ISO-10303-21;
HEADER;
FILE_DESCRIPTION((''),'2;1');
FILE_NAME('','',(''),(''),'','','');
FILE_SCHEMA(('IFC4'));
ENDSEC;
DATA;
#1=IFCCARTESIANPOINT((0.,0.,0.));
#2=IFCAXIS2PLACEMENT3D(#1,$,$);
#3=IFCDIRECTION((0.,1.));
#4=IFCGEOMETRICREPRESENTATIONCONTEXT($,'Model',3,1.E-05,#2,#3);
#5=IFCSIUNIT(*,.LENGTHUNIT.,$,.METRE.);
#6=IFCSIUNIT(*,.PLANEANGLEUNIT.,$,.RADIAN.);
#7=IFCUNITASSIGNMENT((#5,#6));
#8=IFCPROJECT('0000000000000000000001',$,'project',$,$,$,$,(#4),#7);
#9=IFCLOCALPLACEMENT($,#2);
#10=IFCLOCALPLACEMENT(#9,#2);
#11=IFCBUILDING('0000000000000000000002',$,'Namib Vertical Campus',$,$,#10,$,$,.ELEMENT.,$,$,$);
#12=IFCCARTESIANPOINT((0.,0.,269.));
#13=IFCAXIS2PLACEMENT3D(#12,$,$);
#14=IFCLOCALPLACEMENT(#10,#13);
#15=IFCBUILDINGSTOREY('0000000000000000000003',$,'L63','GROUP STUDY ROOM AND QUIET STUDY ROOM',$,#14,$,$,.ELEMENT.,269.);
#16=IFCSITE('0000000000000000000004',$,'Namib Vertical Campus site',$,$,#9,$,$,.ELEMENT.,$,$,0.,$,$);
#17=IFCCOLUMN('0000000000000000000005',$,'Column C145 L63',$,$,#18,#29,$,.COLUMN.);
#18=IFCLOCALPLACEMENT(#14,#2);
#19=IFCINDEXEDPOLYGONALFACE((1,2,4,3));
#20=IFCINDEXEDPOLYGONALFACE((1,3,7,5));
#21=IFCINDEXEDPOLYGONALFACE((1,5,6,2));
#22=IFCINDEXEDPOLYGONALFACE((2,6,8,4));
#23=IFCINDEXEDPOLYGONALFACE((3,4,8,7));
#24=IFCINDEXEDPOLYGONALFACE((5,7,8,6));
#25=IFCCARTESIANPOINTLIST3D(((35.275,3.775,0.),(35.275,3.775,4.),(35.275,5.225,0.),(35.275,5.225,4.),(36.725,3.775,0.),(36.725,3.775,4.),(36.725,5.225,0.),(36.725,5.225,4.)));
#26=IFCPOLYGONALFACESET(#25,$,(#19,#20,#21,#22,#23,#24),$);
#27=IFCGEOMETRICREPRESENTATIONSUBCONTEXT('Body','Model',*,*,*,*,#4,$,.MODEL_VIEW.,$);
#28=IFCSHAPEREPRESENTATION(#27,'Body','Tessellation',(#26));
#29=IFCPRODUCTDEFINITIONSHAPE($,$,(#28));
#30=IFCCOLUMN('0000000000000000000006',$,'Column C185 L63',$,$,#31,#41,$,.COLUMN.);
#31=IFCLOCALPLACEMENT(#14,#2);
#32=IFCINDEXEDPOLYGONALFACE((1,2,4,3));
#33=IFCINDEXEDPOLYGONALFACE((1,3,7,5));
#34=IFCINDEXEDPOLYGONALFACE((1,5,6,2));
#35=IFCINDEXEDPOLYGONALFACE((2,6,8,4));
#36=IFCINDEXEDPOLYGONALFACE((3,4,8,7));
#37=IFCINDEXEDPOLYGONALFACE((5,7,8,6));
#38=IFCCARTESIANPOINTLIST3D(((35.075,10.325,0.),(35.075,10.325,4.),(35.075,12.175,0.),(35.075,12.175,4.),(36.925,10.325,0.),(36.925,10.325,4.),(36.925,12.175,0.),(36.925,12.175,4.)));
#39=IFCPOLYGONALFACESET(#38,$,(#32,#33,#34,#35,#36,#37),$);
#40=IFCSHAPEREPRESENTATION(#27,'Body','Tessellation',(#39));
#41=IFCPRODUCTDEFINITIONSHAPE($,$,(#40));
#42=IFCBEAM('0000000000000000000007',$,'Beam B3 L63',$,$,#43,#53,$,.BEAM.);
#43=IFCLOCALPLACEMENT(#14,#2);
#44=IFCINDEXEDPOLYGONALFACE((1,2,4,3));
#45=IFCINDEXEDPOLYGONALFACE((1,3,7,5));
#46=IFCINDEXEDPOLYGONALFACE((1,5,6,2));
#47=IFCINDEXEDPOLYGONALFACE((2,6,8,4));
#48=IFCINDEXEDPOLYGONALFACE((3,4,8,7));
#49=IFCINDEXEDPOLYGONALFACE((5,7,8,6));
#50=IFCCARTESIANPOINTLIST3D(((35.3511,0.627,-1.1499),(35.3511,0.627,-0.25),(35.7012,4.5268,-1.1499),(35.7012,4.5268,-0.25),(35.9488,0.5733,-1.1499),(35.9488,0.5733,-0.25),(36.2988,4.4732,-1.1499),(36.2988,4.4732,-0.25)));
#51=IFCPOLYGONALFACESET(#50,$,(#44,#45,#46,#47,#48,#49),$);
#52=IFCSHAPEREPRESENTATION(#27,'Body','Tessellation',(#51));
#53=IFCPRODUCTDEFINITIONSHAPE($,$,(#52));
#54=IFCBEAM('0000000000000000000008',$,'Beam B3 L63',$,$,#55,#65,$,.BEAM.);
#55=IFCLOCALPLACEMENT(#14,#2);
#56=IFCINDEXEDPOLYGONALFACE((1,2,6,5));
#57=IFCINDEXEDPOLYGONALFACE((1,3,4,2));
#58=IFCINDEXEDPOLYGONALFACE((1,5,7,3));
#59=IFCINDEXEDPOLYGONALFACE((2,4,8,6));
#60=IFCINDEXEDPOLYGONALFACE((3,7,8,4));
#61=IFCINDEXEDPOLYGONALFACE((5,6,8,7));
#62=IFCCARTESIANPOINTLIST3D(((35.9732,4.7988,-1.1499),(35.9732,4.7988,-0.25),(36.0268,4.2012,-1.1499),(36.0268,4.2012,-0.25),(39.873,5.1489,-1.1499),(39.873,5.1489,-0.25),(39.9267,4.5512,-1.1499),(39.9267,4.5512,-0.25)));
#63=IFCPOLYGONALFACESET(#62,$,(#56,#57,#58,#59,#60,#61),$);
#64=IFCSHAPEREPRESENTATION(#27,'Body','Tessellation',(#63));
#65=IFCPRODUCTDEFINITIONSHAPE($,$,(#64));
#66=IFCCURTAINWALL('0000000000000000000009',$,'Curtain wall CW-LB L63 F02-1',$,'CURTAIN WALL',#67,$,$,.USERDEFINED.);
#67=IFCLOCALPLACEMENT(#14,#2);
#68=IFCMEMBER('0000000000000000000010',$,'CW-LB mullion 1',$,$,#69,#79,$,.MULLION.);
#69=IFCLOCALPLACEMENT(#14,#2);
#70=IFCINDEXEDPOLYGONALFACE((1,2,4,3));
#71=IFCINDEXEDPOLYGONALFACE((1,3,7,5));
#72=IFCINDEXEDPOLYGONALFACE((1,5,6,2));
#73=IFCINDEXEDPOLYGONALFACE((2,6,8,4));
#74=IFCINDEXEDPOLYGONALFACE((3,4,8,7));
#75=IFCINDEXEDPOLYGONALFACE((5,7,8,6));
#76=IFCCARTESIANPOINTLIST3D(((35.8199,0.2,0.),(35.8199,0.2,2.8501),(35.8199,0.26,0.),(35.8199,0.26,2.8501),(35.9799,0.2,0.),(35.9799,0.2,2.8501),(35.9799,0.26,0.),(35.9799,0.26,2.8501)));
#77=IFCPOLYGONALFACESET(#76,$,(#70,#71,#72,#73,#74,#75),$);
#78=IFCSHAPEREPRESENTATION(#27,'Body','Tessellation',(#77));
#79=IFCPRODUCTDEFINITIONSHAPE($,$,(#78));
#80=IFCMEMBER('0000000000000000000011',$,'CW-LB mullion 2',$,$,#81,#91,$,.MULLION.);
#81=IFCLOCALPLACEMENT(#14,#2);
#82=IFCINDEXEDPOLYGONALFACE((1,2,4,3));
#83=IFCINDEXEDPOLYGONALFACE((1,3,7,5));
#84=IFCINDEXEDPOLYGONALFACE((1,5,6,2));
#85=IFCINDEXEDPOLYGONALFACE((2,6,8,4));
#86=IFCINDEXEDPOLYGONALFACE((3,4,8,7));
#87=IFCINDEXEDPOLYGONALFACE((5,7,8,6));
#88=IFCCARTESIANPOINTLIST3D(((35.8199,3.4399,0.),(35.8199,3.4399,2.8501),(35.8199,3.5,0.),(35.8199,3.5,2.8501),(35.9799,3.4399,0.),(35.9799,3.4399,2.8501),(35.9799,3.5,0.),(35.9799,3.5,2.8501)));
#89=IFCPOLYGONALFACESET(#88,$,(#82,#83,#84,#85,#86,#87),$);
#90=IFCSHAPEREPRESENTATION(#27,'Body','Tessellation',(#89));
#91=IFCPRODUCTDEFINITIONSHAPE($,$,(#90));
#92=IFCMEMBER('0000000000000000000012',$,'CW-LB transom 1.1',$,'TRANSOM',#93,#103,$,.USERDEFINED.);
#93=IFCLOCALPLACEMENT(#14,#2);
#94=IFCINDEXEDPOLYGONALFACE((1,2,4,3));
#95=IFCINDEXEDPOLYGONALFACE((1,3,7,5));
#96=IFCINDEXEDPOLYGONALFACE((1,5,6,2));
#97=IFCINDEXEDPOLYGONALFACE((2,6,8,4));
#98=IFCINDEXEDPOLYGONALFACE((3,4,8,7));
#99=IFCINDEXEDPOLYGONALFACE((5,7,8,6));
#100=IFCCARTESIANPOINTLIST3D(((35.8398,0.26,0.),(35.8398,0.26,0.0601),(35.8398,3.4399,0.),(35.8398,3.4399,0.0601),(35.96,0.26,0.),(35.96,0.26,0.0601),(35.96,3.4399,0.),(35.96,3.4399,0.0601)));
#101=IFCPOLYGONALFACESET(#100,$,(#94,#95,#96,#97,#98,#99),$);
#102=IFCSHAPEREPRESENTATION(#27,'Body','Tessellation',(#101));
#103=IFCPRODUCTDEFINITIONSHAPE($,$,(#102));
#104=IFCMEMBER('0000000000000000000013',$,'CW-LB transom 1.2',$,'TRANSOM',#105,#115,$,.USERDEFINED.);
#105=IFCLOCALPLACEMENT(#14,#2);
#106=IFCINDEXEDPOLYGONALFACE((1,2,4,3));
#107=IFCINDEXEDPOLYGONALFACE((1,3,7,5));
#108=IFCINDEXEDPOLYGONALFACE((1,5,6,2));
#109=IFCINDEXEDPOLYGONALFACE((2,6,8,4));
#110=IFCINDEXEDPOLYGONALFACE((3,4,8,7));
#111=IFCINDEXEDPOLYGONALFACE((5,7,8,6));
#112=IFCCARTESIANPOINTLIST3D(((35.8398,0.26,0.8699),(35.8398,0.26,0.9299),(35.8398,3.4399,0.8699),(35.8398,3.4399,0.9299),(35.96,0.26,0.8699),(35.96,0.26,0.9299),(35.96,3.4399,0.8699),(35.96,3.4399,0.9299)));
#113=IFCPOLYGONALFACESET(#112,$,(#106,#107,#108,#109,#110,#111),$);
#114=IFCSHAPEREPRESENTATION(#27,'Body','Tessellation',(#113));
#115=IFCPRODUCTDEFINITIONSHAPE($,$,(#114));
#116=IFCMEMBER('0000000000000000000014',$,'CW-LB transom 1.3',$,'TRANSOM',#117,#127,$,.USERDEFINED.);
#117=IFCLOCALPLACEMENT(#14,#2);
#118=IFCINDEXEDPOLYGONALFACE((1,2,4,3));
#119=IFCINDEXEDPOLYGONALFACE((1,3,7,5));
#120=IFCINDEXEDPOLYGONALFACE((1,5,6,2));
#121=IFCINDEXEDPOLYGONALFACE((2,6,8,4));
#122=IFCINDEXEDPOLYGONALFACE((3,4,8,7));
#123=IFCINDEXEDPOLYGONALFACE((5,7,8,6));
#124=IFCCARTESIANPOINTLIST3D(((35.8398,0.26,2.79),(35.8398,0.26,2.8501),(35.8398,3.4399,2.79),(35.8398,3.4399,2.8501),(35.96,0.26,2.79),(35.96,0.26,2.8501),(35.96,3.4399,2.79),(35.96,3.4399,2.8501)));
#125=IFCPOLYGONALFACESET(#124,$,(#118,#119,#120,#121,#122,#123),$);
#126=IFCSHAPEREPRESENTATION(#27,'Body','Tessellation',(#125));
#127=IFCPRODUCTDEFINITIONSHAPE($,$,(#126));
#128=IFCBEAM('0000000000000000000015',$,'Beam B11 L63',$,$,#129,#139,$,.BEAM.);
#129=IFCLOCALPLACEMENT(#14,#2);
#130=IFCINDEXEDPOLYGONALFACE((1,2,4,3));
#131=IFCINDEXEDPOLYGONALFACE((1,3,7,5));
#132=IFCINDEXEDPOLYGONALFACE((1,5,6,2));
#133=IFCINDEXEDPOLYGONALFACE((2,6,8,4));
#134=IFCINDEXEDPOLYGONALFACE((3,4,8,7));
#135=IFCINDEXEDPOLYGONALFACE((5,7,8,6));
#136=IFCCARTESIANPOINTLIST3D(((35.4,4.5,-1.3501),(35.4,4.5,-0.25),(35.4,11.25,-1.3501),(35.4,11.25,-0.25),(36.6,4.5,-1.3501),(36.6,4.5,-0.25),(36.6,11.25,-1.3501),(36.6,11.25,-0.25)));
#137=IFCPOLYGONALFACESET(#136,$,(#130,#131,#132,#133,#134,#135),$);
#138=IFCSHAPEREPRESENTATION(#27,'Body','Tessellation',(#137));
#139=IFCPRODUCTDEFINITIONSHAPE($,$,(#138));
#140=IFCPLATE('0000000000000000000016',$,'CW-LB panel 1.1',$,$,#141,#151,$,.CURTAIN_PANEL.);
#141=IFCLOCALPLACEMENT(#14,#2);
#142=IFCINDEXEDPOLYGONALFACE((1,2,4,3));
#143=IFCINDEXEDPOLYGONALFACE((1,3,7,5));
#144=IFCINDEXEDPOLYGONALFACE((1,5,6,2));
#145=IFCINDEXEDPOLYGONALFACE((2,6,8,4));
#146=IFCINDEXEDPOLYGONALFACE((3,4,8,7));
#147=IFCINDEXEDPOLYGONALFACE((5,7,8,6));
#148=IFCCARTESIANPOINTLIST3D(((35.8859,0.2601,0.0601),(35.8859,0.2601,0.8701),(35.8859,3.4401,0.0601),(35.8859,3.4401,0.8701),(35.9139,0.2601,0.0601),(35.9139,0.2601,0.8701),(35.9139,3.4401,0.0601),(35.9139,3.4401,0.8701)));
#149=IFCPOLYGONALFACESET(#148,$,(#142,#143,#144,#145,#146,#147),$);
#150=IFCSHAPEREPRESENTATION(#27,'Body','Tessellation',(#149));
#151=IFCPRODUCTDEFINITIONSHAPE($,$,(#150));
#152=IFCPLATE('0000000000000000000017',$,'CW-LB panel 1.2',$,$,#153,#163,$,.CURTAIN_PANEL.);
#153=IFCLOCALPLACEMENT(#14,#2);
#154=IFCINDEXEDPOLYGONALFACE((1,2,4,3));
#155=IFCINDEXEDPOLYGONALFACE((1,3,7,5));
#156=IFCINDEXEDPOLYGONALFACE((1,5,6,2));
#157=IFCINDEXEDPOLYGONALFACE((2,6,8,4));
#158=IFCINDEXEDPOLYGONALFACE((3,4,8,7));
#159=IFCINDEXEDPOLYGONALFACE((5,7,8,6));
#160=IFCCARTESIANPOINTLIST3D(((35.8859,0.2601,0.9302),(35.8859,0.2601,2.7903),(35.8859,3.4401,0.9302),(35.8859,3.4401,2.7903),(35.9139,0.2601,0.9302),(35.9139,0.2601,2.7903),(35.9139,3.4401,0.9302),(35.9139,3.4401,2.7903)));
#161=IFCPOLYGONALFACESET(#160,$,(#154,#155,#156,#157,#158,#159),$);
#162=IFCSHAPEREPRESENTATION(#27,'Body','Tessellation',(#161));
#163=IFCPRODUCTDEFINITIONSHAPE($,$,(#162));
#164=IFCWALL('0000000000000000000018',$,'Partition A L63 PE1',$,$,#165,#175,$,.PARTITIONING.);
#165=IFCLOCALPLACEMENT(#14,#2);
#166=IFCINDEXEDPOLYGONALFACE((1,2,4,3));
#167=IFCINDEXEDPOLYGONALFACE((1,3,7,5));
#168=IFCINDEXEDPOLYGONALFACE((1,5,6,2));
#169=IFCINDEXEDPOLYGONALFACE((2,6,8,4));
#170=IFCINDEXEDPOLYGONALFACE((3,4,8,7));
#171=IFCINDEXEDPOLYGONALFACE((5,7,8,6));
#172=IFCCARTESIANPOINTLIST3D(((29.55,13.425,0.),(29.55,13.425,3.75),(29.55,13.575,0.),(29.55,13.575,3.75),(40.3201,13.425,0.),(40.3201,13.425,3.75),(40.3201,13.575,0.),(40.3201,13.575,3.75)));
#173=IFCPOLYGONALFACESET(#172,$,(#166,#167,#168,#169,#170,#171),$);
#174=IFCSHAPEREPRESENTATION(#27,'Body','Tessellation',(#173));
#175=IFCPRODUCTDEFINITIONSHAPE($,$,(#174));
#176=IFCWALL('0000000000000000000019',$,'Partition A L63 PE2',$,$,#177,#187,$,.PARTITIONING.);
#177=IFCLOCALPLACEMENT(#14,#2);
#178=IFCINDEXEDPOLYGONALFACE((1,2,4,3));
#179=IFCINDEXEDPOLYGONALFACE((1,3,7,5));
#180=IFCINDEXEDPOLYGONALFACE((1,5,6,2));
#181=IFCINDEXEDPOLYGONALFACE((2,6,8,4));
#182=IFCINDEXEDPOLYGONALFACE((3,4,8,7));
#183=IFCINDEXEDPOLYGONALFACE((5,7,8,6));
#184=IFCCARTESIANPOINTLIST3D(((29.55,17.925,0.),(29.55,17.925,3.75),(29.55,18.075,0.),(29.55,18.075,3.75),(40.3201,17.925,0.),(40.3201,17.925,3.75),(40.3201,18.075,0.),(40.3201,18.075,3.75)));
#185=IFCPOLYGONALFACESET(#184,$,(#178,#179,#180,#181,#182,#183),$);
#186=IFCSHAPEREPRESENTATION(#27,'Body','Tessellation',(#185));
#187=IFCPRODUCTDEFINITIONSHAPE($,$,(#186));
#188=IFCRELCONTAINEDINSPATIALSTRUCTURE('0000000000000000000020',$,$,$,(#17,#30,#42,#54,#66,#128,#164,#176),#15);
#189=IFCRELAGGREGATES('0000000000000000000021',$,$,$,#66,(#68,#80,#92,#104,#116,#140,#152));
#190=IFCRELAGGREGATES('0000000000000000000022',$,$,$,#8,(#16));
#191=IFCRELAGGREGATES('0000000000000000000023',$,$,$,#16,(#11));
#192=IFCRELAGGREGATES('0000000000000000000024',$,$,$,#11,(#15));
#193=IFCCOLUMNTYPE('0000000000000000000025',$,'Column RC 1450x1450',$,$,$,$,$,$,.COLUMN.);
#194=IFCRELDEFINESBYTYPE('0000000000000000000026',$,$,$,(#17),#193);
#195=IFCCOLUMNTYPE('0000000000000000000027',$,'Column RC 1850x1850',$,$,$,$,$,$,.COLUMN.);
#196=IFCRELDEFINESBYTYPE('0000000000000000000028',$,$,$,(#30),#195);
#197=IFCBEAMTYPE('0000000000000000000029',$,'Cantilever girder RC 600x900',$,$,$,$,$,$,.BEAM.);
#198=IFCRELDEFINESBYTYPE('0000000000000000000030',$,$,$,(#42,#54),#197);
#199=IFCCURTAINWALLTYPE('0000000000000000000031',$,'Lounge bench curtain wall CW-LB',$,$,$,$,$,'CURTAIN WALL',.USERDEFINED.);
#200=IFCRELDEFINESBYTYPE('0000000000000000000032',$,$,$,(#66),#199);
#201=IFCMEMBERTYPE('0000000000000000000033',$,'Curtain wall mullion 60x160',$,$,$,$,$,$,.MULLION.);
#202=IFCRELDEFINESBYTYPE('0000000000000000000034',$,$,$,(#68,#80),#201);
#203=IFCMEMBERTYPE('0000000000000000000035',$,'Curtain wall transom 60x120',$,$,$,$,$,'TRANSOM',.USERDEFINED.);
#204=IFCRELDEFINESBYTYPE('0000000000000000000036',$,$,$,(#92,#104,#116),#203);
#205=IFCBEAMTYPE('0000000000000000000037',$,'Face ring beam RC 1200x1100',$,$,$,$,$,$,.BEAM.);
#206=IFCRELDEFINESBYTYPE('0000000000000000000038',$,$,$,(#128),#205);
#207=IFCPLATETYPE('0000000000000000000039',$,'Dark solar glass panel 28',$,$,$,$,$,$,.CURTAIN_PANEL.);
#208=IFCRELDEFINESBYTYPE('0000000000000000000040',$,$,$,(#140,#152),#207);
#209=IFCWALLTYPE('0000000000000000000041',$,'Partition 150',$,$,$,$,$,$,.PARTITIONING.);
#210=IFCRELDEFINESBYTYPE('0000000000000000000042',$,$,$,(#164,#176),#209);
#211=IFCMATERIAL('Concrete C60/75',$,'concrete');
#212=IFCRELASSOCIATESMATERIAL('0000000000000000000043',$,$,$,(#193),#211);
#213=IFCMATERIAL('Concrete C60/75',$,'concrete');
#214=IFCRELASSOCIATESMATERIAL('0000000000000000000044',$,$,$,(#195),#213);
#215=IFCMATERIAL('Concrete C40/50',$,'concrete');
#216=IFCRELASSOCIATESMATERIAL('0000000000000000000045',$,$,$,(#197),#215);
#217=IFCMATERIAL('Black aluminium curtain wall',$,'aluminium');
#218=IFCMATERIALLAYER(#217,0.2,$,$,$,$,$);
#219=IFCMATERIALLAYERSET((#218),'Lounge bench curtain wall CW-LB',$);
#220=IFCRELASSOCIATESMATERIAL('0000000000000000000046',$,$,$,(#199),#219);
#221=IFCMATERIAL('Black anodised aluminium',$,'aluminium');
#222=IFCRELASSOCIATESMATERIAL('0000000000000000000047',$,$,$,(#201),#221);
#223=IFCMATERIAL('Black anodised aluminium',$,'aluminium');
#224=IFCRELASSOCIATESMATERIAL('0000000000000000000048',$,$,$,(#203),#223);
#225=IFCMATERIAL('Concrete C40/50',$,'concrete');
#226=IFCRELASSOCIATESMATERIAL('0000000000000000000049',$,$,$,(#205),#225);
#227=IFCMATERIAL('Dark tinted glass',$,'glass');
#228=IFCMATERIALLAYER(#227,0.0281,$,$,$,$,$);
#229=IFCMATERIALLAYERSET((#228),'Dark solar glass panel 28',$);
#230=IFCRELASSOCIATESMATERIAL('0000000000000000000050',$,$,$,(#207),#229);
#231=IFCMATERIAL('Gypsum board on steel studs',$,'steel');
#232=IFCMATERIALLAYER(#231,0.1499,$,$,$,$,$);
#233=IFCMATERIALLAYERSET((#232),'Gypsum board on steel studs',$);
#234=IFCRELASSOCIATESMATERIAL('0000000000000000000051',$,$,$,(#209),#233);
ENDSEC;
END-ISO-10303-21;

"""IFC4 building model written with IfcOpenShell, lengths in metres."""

from ifc_helpers import new_model, si_unit, direction, frame, frame_2d, origin, origin_2d, place, context, subcontext, project, spatial, rectangle, extrude, material, layer, layer_set, material_profile, profile_set, type_object, element, aggregate, save


model = new_model("IFC4")

# Units and contexts
model_context = context("Model", 3, precision=1e-05, world=origin(), true_north=direction((0.0, 1.0)))
body_context = subcontext(model_context, "Body", "Model", "MODEL_VIEW")
ifc_project = project(units=[si_unit("LENGTHUNIT", "METRE"), si_unit("PLANEANGLEUNIT", "RADIAN")], contexts=[model_context])

# Site, building, storey
site_placement = place(None, origin())
site = spatial("IfcSite", under=ifc_project, at=site_placement, Name="Namib Vertical Campus site", CompositionType="ELEMENT", RefElevation=0.0)
building_placement = place(site_placement, origin())
building = spatial("IfcBuilding", under=site, at=building_placement, Name="Namib Vertical Campus", CompositionType="ELEMENT")
storey_placement = place(building_placement, frame((0.0, 0.0, 269.0)))
storey = spatial("IfcBuildingStorey", under=building, at=storey_placement, Name="L63", Description="GROUP STUDY ROOM AND QUIET STUDY ROOM", CompositionType="ELEMENT", Elevation=269.0)

# Columns
ifc_material_1 = material(Name="Concrete C60/75", Category="concrete")
ifc_material_profile_1 = material_profile(ifc_material_1, rectangle(XDim=1.45, YDim=1.45, at=origin_2d()))
ifc_profile_set_1 = profile_set([ifc_material_profile_1], Name="Concrete C60/75")
column_type_1 = type_object("IfcColumnType", Name="Column RC 1450x1450", PredefinedType="COLUMN", material=ifc_profile_set_1)
column_1_placement = place(storey_placement, frame((36.0, 4.5, 0.0), z_axis=(0.0, 0.0, 1.0), x_axis=(1.0, 0.0, 0.0)))
element("IfcColumn", 1, at=column_1_placement, inside=storey, type_object=column_type_1, Name="Column C145 L63", PredefinedType="COLUMN", context=body_context, shape_type="SweptSolid", body=[
    extrude(rectangle(XDim=1.45, YDim=1.45, at=origin_2d()), origin(), (0.0, 0.0, 1.0), 4.0),
])
ifc_material_2 = material(Name="Concrete C60/75", Category="concrete")
ifc_material_profile_2 = material_profile(ifc_material_2, rectangle(XDim=1.8501, YDim=1.8501, at=origin_2d()))
ifc_profile_set_2 = profile_set([ifc_material_profile_2], Name="Concrete C60/75")
column_type_2 = type_object("IfcColumnType", Name="Column RC 1850x1850", PredefinedType="COLUMN", material=ifc_profile_set_2)
column_2_placement = place(storey_placement, frame((36.0, 11.25, 0.0), z_axis=(0.0, 0.0, 1.0), x_axis=(1.0, 0.0, 0.0)))
element("IfcColumn", 2, at=column_2_placement, inside=storey, type_object=column_type_2, Name="Column C185 L63", PredefinedType="COLUMN", context=body_context, shape_type="SweptSolid", body=[
    extrude(rectangle(XDim=1.8501, YDim=1.8501, at=origin_2d()), origin(), (0.0, 0.0, 1.0), 4.0),
])

# Beams
ifc_material_3 = material(Name="Concrete C40/50", Category="concrete")
ifc_material_profile_3 = material_profile(ifc_material_3, rectangle(XDim=0.6001, YDim=0.8999, at=origin_2d()))
ifc_profile_set_3 = profile_set([ifc_material_profile_3], Name="Concrete C40/50")
beam_type_1 = type_object("IfcBeamType", Name="Cantilever girder RC 600x900", PredefinedType="BEAM", material=ifc_profile_set_3)
for number, where, z_axis, x_axis, name in (
    (3, (36.0, 4.5, -0.7), (-0.089411, -0.995995, 0.0), (0.995995, -0.089411, 0.0), "Beam B3 L63"),
    (4, (36.0, 4.5, -0.7), (0.995995, 0.089411, 0.0), (-0.089411, 0.995995, 0.0), "Beam B3 L63"),
):
    element("IfcBeam", number, at=place(storey_placement, frame(where, z_axis=z_axis, x_axis=x_axis)), inside=storey, type_object=beam_type_1, Name=name, PredefinedType="BEAM", context=body_context, shape_type="SweptSolid", body=[
        extrude(rectangle(XDim=0.6001, YDim=0.8999, at=origin_2d()), origin(), (0.0, 0.0, 1.0), 3.9155),
    ])

# Curtain wall, members
ifc_material_4 = material(Name="Black aluminium curtain wall", Category="aluminium")
ifc_layer_1 = layer(ifc_material_4, 0.2)
ifc_layer_set_1 = layer_set([ifc_layer_1], Name="Lounge bench curtain wall CW-LB")
curtain_wall_type = type_object("IfcCurtainWallType", Name="Lounge bench curtain wall CW-LB", ElementType="CURTAIN WALL", PredefinedType="USERDEFINED", material=ifc_layer_set_1)
curtain_wall_placement = place(storey_placement, origin())
curtain_wall = element("IfcCurtainWall", 5, at=curtain_wall_placement, inside=storey, type_object=curtain_wall_type, Name="Curtain wall CW-LB L63 F02-1", ObjectType="CURTAIN WALL", PredefinedType="USERDEFINED")
ifc_material_5 = material(Name="Black anodised aluminium", Category="aluminium")
ifc_material_profile_4 = material_profile(ifc_material_5, rectangle(XDim=0.0601, YDim=0.1599, at=origin_2d()))
ifc_profile_set_4 = profile_set([ifc_material_profile_4], Name="Black anodised aluminium")
member_type_1 = type_object("IfcMemberType", Name="Curtain wall mullion 60x160", PredefinedType="MULLION", material=ifc_profile_set_4)
member_1_placement = place(storey_placement, frame((35.8999, 0.23, 0.0), z_axis=(0.0, 0.0, 1.0), x_axis=(0.0, 1.0, 0.0)))
member_1 = element("IfcMember", 6, at=member_1_placement, type_object=member_type_1, Name="CW-LB mullion 1", PredefinedType="MULLION", context=body_context, shape_type="SweptSolid", body=[
    extrude(rectangle(XDim=0.0601, YDim=0.1599, at=origin_2d()), origin(), (0.0, 0.0, 1.0), 2.8501),
])
member_2_placement = place(storey_placement, frame((35.8999, 3.47, 0.0), z_axis=(0.0, 0.0, 1.0), x_axis=(0.0, 1.0, 0.0)))
member_2 = element("IfcMember", 7, at=member_2_placement, type_object=member_type_1, Name="CW-LB mullion 2", PredefinedType="MULLION", context=body_context, shape_type="SweptSolid", body=[
    extrude(rectangle(XDim=0.0601, YDim=0.1599, at=origin_2d()), origin(), (0.0, 0.0, 1.0), 2.8501),
])
ifc_material_6 = material(Name="Black anodised aluminium", Category="aluminium")
ifc_material_profile_5 = material_profile(ifc_material_6, rectangle(XDim=0.0601, YDim=0.1201, at=origin_2d()))
ifc_profile_set_5 = profile_set([ifc_material_profile_5], Name="Black anodised aluminium")
member_type_2 = type_object("IfcMemberType", Name="Curtain wall transom 60x120", ElementType="TRANSOM", PredefinedType="USERDEFINED", material=ifc_profile_set_5)
member_3_placement = place(storey_placement, frame((35.8999, 0.26, 0.03), z_axis=(0.0, 1.0, 0.0), x_axis=(0.0, 0.0, 1.0)))
member_3 = element("IfcMember", 8, at=member_3_placement, type_object=member_type_2, Name="CW-LB transom 1.1", ObjectType="TRANSOM", PredefinedType="USERDEFINED", context=body_context, shape_type="SweptSolid", body=[
    extrude(rectangle(XDim=0.0601, YDim=0.1201, at=origin_2d()), origin(), (0.0, 0.0, 1.0), 3.1799),
])
member_4_placement = place(storey_placement, frame((35.8999, 0.26, 0.8999), z_axis=(0.0, 1.0, 0.0), x_axis=(0.0, 0.0, 1.0)))
member_4 = element("IfcMember", 9, at=member_4_placement, type_object=member_type_2, Name="CW-LB transom 1.2", ObjectType="TRANSOM", PredefinedType="USERDEFINED", context=body_context, shape_type="SweptSolid", body=[
    extrude(rectangle(XDim=0.0601, YDim=0.1201, at=origin_2d()), origin(), (0.0, 0.0, 1.0), 3.1799),
])
member_5_placement = place(storey_placement, frame((35.8999, 0.26, 2.8201), z_axis=(0.0, 1.0, 0.0), x_axis=(0.0, 0.0, 1.0)))
member_5 = element("IfcMember", 10, at=member_5_placement, type_object=member_type_2, Name="CW-LB transom 1.3", ObjectType="TRANSOM", PredefinedType="USERDEFINED", context=body_context, shape_type="SweptSolid", body=[
    extrude(rectangle(XDim=0.0601, YDim=0.1201, at=origin_2d()), origin(), (0.0, 0.0, 1.0), 3.1799),
])

# Beam
ifc_material_7 = material(Name="Concrete C40/50", Category="concrete")
ifc_material_profile_6 = material_profile(ifc_material_7, rectangle(XDim=1.2, YDim=1.1001, at=origin_2d()))
ifc_profile_set_6 = profile_set([ifc_material_profile_6], Name="Concrete C40/50")
beam_type_2 = type_object("IfcBeamType", Name="Face ring beam RC 1200x1100", PredefinedType="BEAM", material=ifc_profile_set_6)
beam_placement = place(storey_placement, frame((36.0, 4.5, -0.8), z_axis=(0.0, 1.0, 0.0), x_axis=(-1.0, 0.0, 0.0)))
element("IfcBeam", 11, at=beam_placement, inside=storey, type_object=beam_type_2, Name="Beam B11 L63", PredefinedType="BEAM", context=body_context, shape_type="SweptSolid", body=[
    extrude(rectangle(XDim=1.2, YDim=1.1001, at=origin_2d()), origin(), (0.0, 0.0, 1.0), 6.75),
])

# Plates
ifc_material_8 = material(Name="Dark tinted glass", Category="glass")
ifc_layer_2 = layer(ifc_material_8, 0.0281)
ifc_layer_set_2 = layer_set([ifc_layer_2], Name="Dark solar glass panel 28")
plate_type = type_object("IfcPlateType", Name="Dark solar glass panel 28", PredefinedType="CURTAIN_PANEL", material=ifc_layer_set_2)
plate_1_placement = place(storey_placement, frame((35.8999, 1.8501, 0.0601), z_axis=(0.0, 0.0, 1.0), x_axis=(0.0, 1.0, 0.0)))
plate_1 = element("IfcPlate", 12, at=plate_1_placement, type_object=plate_type, Name="CW-LB panel 1.1", PredefinedType="CURTAIN_PANEL", context=body_context, shape_type="SweptSolid", body=[
    extrude(rectangle(XDim=3.1799, YDim=0.0281, at=origin_2d()), origin(), (0.0, 0.0, 1.0), 0.8101),
])
plate_2_placement = place(storey_placement, frame((35.8999, 1.8501, 0.9302), z_axis=(0.0, 0.0, 1.0), x_axis=(0.0, 1.0, 0.0)))
plate_2 = element("IfcPlate", 13, at=plate_2_placement, type_object=plate_type, Name="CW-LB panel 1.2", PredefinedType="CURTAIN_PANEL", context=body_context, shape_type="SweptSolid", body=[
    extrude(rectangle(XDim=3.1799, YDim=0.0281, at=origin_2d()), origin(), (0.0, 0.0, 1.0), 1.8601),
])
aggregate(curtain_wall, [member_1, member_2, member_3, member_4, member_5, plate_1, plate_2])

# Walls
ifc_material_9 = material(Name="Gypsum board on steel studs", Category="steel")
ifc_layer_3 = layer(ifc_material_9, 0.1499)
ifc_layer_set_3 = layer_set([ifc_layer_3], Name="Gypsum board on steel studs")
wall_type = type_object("IfcWallType", Name="Partition 150", PredefinedType="PARTITIONING", material=ifc_layer_set_3)
for number, where, z_axis, x_axis, name in (
    (14, (29.55, 13.5, 0.0), (0.0, 0.0, 1.0), (1.0, 0.0, 0.0), "Partition A L63 PE1"),
    (15, (29.55, 18.0, 0.0), (0.0, 0.0, 1.0), (1.0, 0.0, 0.0), "Partition A L63 PE2"),
):
    element("IfcWall", number, at=place(storey_placement, frame(where, z_axis=z_axis, x_axis=x_axis)), inside=storey, type_object=wall_type, Name=name, PredefinedType="PARTITIONING", context=body_context, shape_type="SweptSolid", body=[
        extrude(rectangle(XDim=10.77, YDim=0.1499, at=frame_2d((5.385, 0.0))), origin(), (0.0, 0.0, 1.0), 3.75),
    ])

save(model, "model.ifc")
